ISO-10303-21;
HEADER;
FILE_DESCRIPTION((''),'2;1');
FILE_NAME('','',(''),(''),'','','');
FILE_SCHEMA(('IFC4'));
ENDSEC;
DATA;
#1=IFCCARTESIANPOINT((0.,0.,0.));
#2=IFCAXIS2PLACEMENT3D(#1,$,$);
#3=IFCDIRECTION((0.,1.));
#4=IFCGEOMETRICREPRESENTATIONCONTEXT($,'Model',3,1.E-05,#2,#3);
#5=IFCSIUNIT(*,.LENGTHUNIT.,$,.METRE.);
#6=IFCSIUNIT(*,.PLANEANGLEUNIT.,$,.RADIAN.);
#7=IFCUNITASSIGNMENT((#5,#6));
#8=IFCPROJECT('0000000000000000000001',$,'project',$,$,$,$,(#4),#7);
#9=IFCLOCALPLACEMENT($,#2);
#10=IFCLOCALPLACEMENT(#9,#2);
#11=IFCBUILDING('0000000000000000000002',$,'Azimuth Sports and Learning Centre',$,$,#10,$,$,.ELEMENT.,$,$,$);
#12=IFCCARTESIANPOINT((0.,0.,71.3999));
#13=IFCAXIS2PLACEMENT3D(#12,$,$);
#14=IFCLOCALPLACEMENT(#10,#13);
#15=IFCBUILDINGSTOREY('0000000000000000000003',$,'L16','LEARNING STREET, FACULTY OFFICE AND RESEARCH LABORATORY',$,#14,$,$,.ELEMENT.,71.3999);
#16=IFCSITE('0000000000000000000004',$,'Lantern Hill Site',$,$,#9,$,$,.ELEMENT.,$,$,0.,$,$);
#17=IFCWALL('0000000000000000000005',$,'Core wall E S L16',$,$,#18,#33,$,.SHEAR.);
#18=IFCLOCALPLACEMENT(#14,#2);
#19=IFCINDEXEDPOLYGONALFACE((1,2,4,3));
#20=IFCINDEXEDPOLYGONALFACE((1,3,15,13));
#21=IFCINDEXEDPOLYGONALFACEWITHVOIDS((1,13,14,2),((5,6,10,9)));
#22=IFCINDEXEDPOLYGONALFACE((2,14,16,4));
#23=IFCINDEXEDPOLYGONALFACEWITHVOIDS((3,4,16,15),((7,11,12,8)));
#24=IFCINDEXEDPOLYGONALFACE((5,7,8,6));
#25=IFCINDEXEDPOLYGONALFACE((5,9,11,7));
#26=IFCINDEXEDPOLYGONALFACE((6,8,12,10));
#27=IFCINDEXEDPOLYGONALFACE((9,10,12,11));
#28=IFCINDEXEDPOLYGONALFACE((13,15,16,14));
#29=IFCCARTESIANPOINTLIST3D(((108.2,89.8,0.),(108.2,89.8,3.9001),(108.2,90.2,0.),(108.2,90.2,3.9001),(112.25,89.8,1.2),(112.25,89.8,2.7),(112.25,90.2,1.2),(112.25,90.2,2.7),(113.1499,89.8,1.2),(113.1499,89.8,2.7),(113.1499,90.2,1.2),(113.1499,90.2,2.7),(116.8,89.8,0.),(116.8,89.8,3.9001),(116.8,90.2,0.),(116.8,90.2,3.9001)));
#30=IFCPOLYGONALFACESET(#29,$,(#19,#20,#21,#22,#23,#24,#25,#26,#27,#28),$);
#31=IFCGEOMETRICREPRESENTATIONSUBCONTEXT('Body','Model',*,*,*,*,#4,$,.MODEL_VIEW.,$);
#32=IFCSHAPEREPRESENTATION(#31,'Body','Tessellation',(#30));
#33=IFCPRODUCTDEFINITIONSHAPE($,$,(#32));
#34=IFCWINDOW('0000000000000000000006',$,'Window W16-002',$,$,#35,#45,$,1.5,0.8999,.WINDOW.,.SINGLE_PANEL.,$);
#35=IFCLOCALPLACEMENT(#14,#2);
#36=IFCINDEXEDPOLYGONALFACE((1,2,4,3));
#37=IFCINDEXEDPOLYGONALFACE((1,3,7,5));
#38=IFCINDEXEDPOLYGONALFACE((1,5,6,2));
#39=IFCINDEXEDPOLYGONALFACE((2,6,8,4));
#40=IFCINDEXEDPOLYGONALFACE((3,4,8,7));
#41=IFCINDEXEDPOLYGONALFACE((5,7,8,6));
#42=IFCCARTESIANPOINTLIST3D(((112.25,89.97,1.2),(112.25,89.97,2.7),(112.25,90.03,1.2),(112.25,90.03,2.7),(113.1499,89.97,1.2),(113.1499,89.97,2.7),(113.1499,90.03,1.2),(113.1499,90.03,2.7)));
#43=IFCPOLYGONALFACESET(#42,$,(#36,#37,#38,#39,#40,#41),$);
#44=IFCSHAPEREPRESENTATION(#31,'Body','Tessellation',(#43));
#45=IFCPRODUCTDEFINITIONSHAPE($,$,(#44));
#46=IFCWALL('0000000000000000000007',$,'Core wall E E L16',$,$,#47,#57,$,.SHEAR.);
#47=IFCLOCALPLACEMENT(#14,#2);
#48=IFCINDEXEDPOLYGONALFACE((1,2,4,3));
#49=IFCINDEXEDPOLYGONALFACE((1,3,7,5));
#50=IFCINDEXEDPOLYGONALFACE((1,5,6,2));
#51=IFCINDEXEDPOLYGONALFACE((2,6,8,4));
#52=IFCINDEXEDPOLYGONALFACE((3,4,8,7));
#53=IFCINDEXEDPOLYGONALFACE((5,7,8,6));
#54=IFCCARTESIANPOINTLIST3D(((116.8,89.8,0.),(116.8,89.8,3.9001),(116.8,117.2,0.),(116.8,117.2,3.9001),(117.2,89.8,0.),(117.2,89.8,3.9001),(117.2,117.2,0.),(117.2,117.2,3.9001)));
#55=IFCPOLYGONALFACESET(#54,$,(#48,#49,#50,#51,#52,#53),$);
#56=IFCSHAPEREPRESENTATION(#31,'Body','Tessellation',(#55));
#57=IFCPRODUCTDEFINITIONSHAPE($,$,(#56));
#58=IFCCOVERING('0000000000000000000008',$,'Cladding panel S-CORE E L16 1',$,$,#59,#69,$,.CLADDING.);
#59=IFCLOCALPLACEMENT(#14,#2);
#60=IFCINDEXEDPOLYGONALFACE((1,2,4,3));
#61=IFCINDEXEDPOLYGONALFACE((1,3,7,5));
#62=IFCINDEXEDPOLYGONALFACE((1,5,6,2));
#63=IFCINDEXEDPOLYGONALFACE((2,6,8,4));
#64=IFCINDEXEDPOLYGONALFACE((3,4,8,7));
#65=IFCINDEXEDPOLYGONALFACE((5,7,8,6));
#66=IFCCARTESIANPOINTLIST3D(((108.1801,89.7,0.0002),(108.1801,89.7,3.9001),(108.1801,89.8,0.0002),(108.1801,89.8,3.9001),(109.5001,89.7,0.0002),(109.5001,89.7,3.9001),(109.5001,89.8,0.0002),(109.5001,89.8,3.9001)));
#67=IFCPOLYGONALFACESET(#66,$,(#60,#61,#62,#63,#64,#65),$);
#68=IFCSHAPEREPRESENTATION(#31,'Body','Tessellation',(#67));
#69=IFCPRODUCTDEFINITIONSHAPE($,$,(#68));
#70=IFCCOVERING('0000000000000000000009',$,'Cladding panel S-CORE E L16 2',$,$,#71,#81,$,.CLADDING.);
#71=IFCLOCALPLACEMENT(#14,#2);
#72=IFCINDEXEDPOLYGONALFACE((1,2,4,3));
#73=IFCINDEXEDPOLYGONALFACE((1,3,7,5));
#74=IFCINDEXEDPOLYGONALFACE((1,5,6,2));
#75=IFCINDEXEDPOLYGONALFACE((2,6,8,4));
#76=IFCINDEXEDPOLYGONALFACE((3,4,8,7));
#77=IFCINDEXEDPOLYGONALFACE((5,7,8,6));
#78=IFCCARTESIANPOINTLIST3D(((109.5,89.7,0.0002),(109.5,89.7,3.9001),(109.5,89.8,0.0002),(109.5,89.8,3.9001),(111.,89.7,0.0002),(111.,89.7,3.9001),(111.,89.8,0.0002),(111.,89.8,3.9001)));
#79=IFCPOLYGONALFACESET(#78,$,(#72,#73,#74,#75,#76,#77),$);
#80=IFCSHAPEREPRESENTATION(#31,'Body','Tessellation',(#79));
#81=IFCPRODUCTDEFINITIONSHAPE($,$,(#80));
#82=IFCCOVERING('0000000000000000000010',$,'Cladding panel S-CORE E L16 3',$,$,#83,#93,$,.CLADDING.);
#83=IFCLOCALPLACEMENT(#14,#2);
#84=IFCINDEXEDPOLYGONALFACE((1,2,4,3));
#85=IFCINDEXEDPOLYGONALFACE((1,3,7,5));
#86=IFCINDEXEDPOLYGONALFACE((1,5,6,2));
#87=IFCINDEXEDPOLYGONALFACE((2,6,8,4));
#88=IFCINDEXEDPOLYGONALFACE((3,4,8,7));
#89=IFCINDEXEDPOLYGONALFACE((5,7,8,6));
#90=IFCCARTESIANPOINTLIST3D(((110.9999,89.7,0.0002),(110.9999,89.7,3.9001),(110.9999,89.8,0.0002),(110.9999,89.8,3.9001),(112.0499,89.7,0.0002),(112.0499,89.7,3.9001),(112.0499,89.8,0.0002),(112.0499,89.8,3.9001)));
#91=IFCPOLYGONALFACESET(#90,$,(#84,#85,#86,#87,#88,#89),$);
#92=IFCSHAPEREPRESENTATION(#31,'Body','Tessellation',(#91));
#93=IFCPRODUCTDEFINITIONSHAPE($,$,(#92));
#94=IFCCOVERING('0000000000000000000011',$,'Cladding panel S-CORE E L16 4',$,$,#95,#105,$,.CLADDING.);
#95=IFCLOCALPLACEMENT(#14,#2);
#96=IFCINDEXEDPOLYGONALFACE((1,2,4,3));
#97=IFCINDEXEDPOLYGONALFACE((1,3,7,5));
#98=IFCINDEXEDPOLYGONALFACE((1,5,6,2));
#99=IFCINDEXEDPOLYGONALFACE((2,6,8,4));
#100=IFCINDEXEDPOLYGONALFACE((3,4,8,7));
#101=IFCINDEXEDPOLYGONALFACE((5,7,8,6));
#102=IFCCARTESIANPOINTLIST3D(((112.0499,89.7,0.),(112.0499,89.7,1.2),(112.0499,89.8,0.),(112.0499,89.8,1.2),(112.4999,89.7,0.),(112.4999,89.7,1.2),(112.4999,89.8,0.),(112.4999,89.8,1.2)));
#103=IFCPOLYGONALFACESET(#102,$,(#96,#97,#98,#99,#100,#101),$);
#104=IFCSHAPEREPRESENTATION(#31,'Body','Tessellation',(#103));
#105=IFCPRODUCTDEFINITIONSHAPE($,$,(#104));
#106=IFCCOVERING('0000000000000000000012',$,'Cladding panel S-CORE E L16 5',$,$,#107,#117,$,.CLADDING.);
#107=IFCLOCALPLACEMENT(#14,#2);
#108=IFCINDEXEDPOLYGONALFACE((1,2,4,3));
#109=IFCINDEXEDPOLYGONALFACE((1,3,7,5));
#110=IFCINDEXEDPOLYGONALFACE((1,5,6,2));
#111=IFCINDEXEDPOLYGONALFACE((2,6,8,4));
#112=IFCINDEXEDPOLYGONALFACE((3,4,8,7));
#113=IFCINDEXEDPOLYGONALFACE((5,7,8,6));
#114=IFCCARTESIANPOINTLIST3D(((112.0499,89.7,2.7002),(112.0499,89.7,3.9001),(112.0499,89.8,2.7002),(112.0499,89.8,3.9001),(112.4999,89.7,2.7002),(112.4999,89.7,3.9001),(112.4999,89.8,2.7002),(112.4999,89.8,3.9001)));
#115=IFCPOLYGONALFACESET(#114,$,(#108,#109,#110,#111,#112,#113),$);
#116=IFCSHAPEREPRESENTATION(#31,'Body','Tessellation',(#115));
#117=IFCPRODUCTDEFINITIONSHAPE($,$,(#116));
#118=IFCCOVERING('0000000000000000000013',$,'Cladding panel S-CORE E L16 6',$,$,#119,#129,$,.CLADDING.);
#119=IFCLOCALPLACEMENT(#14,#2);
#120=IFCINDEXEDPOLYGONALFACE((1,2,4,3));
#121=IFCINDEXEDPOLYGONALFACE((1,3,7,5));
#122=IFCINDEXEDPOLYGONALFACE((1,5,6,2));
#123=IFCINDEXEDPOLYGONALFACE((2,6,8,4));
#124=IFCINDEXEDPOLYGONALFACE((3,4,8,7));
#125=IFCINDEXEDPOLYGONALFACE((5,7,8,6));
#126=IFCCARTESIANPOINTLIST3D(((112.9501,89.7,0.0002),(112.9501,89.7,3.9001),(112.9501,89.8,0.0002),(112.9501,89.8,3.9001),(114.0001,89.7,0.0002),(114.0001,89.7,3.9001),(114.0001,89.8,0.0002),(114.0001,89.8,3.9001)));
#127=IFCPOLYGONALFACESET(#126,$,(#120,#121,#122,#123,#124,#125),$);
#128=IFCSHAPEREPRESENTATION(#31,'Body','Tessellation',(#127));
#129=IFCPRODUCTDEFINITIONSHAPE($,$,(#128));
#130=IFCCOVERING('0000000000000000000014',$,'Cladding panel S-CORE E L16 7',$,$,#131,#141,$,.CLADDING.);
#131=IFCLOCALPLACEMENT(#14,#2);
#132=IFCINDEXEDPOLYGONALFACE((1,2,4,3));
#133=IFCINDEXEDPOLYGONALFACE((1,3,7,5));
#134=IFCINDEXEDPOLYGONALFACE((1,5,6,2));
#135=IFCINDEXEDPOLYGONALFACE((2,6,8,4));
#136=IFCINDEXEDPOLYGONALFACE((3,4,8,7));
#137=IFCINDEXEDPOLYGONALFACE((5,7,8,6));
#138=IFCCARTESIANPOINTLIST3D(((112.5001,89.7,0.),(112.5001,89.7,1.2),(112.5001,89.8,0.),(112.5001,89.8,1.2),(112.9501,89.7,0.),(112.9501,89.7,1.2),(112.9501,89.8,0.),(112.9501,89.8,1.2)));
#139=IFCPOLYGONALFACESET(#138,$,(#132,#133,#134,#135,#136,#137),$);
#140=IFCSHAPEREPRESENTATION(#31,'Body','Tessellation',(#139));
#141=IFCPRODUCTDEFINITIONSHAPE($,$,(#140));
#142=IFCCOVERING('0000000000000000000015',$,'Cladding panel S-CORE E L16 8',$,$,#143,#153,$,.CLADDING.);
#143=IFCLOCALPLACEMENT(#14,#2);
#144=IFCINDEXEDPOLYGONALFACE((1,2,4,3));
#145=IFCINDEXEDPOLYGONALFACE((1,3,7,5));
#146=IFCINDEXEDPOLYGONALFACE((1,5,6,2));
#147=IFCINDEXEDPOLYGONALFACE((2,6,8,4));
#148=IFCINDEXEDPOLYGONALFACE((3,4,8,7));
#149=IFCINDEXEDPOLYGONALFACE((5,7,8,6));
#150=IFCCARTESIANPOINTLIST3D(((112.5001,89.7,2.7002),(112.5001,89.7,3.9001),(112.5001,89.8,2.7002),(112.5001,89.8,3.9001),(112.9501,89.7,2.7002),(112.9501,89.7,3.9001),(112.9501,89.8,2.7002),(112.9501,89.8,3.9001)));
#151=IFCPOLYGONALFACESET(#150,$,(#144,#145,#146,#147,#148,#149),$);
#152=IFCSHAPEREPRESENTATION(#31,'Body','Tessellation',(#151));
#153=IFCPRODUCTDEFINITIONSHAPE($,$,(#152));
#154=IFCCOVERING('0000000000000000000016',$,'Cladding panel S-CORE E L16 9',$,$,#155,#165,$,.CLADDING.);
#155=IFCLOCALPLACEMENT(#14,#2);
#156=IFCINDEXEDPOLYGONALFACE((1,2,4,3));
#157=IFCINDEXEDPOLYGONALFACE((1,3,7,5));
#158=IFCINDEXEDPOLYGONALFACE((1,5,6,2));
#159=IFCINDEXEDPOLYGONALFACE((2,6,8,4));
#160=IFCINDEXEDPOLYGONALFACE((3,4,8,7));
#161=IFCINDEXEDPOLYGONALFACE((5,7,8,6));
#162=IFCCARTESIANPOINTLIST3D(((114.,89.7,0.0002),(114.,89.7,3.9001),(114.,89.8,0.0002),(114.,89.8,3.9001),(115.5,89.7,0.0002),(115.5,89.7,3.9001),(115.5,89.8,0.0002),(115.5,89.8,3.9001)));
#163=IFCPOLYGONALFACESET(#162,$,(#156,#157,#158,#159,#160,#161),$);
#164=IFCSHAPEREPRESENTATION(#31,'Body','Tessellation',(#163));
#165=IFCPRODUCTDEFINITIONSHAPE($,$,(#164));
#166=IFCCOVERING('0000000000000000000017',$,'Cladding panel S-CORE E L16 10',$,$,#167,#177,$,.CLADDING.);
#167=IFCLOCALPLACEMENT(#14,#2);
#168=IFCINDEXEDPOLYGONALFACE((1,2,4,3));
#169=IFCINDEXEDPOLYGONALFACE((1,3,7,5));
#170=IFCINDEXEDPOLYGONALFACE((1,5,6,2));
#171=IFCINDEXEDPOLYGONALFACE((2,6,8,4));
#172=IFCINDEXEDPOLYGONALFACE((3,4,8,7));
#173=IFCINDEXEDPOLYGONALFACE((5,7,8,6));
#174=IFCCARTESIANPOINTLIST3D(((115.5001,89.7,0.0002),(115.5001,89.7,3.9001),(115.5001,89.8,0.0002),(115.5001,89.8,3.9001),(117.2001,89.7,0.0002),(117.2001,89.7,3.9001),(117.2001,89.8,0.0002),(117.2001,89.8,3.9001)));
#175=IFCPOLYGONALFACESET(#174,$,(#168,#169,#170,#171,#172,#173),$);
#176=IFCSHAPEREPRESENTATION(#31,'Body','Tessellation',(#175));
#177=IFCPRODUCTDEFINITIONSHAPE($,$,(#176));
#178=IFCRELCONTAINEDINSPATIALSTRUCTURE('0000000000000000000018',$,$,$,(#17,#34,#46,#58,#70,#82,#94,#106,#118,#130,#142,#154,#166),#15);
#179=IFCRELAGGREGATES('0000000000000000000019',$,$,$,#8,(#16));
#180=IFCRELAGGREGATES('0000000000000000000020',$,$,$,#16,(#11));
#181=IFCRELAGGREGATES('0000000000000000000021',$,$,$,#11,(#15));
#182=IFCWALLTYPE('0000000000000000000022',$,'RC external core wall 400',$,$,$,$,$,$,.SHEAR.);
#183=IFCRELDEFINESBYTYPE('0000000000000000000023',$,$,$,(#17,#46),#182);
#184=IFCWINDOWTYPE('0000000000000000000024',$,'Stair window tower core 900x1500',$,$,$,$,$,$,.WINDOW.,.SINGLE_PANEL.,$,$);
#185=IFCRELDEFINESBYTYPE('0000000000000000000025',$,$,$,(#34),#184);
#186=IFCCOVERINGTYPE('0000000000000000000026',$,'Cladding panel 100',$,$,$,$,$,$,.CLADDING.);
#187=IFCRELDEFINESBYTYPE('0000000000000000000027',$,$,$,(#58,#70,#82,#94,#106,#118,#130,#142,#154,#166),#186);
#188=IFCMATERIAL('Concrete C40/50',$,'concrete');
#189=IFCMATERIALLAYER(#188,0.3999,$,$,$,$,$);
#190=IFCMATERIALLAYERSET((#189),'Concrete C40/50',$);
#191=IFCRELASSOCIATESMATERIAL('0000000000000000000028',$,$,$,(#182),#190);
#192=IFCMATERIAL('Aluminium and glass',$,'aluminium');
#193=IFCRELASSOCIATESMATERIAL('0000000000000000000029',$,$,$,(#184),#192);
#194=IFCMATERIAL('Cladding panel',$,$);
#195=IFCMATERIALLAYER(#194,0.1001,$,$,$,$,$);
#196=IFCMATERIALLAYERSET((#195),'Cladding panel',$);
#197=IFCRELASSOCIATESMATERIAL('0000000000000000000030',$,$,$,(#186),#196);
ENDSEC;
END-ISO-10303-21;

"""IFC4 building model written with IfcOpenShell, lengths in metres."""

from ifc_helpers import new_model, si_unit, direction, frame, frame_2d, origin, origin_2d, place, context, subcontext, project, spatial, rectangle, extrude, material, layer, layer_set, type_object, element, fill, save


model = new_model("IFC4")

# Units and contexts
model_context = context("Model", 3, precision=1e-05, world=origin(), true_north=direction((0.0, 1.0)))
body_context = subcontext(model_context, "Body", "Model", "MODEL_VIEW")
ifc_project = project(units=[si_unit("LENGTHUNIT", "METRE"), si_unit("PLANEANGLEUNIT", "RADIAN")], contexts=[model_context])

# Site, building, storey
site_placement = place(None, origin())
site = spatial("IfcSite", under=ifc_project, at=site_placement, Name="Lantern Hill Site", CompositionType="ELEMENT", RefElevation=0.0)
building_placement = place(site_placement, origin())
building = spatial("IfcBuilding", under=site, at=building_placement, Name="Azimuth Sports and Learning Centre", CompositionType="ELEMENT")
storey_placement = place(building_placement, frame((0.0, 0.0, 71.3999)))
storey = spatial("IfcBuildingStorey", under=building, at=storey_placement, Name="L16", Description="LEARNING STREET, FACULTY OFFICE AND RESEARCH LABORATORY", CompositionType="ELEMENT", Elevation=71.3999)

# Wall, opening, window
ifc_material_1 = material(Name="Concrete C40/50", Category="concrete")
ifc_layer_1 = layer(ifc_material_1, 0.3999)
ifc_layer_set_1 = layer_set([ifc_layer_1], Name="Concrete C40/50")
wall_type = type_object("IfcWallType", Name="RC external core wall 400", PredefinedType="SHEAR", material=ifc_layer_set_1)
wall_1_placement = place(storey_placement, frame((108.2, 90.0, 0.0), z_axis=(0.0, 0.0, 1.0), x_axis=(1.0, 0.0, 0.0)))
wall_1 = element("IfcWall", 1, at=wall_1_placement, inside=storey, type_object=wall_type, Name="Core wall E S L16", PredefinedType="SHEAR", context=body_context, shape_type="SweptSolid", body=[
    extrude(rectangle(XDim=8.6001, YDim=0.3999, at=frame_2d((4.3, 0.0))), origin(), (0.0, 0.0, 1.0), 3.9001),
])
opening_placement = place(wall_1_placement, frame((4.05, 0.0, 1.2)))
opening = element("IfcOpeningElement", 2, at=opening_placement, cuts=wall_1, PredefinedType="OPENING", context=body_context, shape_type="SweptSolid", body=[
    extrude(rectangle(XDim=0.8999, YDim=1.5, at=frame_2d((0.45, 0.75))), frame((0.0, 0.2109, 0.0), z_axis=(0.0, -1.0, 0.0), x_axis=(1.0, 0.0, 0.0)), (0.0, 0.0, 1.0), 0.4219),
])
ifc_material_2 = material(Name="Aluminium and glass", Category="aluminium")
window_type = type_object("IfcWindowType", Name="Stair window tower core 900x1500", PartitioningType="SINGLE_PANEL", PredefinedType="WINDOW", material=ifc_material_2)
window_placement = place(opening_placement, origin())
window = element("IfcWindow", 3, at=window_placement, inside=storey, type_object=window_type, Name="Window W16-002", OverallHeight=1.5, OverallWidth=0.8999, PartitioningType="SINGLE_PANEL", PredefinedType="WINDOW", context=body_context, shape_type="SweptSolid", body=[
    extrude(rectangle(XDim=0.8999, YDim=1.5, at=frame_2d((0.45, 0.75))), frame((0.0, 0.03, 0.0), z_axis=(0.0, -1.0, 0.0), x_axis=(1.0, 0.0, 0.0)), (0.0, 0.0, 1.0), 0.0601),
])
fill(opening, window)

# Wall
wall_2_placement = place(storey_placement, frame((117.0, 89.8, 0.0), z_axis=(0.0, 0.0, 1.0), x_axis=(0.0, 1.0, 0.0)))
element("IfcWall", 4, at=wall_2_placement, inside=storey, type_object=wall_type, Name="Core wall E E L16", PredefinedType="SHEAR", context=body_context, shape_type="SweptSolid", body=[
    extrude(rectangle(XDim=27.3999, YDim=0.3999, at=frame_2d((13.7, 0.0))), origin(), (0.0, 0.0, 1.0), 3.9001),
])

# Coverings
ifc_material_3 = material(Name="Cladding panel")
ifc_layer_2 = layer(ifc_material_3, 0.1001)
ifc_layer_set_2 = layer_set([ifc_layer_2], Name="Cladding panel")
covering_type = type_object("IfcCoveringType", Name="Cladding panel 100", PredefinedType="CLADDING", material=ifc_layer_set_2)
covering_1_placement = place(storey_placement, frame((108.8401, 89.75, 0.0002), z_axis=(0.0, 0.0, 1.0), x_axis=(1.0, 0.0, 0.0)))
element("IfcCovering", 5, at=covering_1_placement, inside=storey, type_object=covering_type, Name="Cladding panel S-CORE E L16 1", PredefinedType="CLADDING", context=body_context, shape_type="SweptSolid", body=[
    extrude(rectangle(XDim=1.3201, YDim=0.1001, at=origin_2d()), origin(), (0.0, 0.0, 1.0), 3.8999),
])
covering_2_placement = place(storey_placement, frame((110.25, 89.75, 0.0002), z_axis=(0.0, 0.0, 1.0), x_axis=(1.0, 0.0, 0.0)))
element("IfcCovering", 6, at=covering_2_placement, inside=storey, type_object=covering_type, Name="Cladding panel S-CORE E L16 2", PredefinedType="CLADDING", context=body_context, shape_type="SweptSolid", body=[
    extrude(rectangle(XDim=1.5, YDim=0.1001, at=origin_2d()), origin(), (0.0, 0.0, 1.0), 3.8999),
])
covering_3_placement = place(storey_placement, frame((111.5249, 89.75, 0.0002), z_axis=(0.0, 0.0, 1.0), x_axis=(1.0, 0.0, 0.0)))
element("IfcCovering", 7, at=covering_3_placement, inside=storey, type_object=covering_type, Name="Cladding panel S-CORE E L16 3", PredefinedType="CLADDING", context=body_context, shape_type="SweptSolid", body=[
    extrude(rectangle(XDim=1.05, YDim=0.1001, at=origin_2d()), origin(), (0.0, 0.0, 1.0), 3.8999),
])
for number, where, z_axis, x_axis, name in (
    (8, (112.2749, 89.75, 0.0), (0.0, 0.0, 1.0), (1.0, 0.0, 0.0), "Cladding panel S-CORE E L16 4"),
    (9, (112.2749, 89.75, 2.7002), (0.0, 0.0, 1.0), (1.0, 0.0, 0.0), "Cladding panel S-CORE E L16 5"),
):
    element("IfcCovering", number, at=place(storey_placement, frame(where, z_axis=z_axis, x_axis=x_axis)), inside=storey, type_object=covering_type, Name=name, PredefinedType="CLADDING", context=body_context, shape_type="SweptSolid", body=[
        extrude(rectangle(XDim=0.45, YDim=0.1001, at=origin_2d()), origin(), (0.0, 0.0, 1.0), 1.2),
    ])
covering_4_placement = place(storey_placement, frame((113.4751, 89.75, 0.0002), z_axis=(0.0, 0.0, 1.0), x_axis=(1.0, 0.0, 0.0)))
element("IfcCovering", 10, at=covering_4_placement, inside=storey, type_object=covering_type, Name="Cladding panel S-CORE E L16 6", PredefinedType="CLADDING", context=body_context, shape_type="SweptSolid", body=[
    extrude(rectangle(XDim=1.05, YDim=0.1001, at=origin_2d()), origin(), (0.0, 0.0, 1.0), 3.8999),
])
for number, where, z_axis, x_axis, name in (
    (11, (112.7251, 89.75, 0.0), (0.0, 0.0, 1.0), (1.0, 0.0, 0.0), "Cladding panel S-CORE E L16 7"),
    (12, (112.7251, 89.75, 2.7002), (0.0, 0.0, 1.0), (1.0, 0.0, 0.0), "Cladding panel S-CORE E L16 8"),
):
    element("IfcCovering", number, at=place(storey_placement, frame(where, z_axis=z_axis, x_axis=x_axis)), inside=storey, type_object=covering_type, Name=name, PredefinedType="CLADDING", context=body_context, shape_type="SweptSolid", body=[
        extrude(rectangle(XDim=0.45, YDim=0.1001, at=origin_2d()), origin(), (0.0, 0.0, 1.0), 1.2),
    ])
covering_5_placement = place(storey_placement, frame((114.75, 89.75, 0.0002), z_axis=(0.0, 0.0, 1.0), x_axis=(1.0, 0.0, 0.0)))
element("IfcCovering", 13, at=covering_5_placement, inside=storey, type_object=covering_type, Name="Cladding panel S-CORE E L16 9", PredefinedType="CLADDING", context=body_context, shape_type="SweptSolid", body=[
    extrude(rectangle(XDim=1.5, YDim=0.1001, at=origin_2d()), origin(), (0.0, 0.0, 1.0), 3.8999),
])
covering_6_placement = place(storey_placement, frame((116.3501, 89.75, 0.0002), z_axis=(0.0, 0.0, 1.0), x_axis=(1.0, 0.0, 0.0)))
element("IfcCovering", 14, at=covering_6_placement, inside=storey, type_object=covering_type, Name="Cladding panel S-CORE E L16 10", PredefinedType="CLADDING", context=body_context, shape_type="SweptSolid", body=[
    extrude(rectangle(XDim=1.7, YDim=0.1001, at=origin_2d()), origin(), (0.0, 0.0, 1.0), 3.8999),
])

save(model, "model.ifc")
